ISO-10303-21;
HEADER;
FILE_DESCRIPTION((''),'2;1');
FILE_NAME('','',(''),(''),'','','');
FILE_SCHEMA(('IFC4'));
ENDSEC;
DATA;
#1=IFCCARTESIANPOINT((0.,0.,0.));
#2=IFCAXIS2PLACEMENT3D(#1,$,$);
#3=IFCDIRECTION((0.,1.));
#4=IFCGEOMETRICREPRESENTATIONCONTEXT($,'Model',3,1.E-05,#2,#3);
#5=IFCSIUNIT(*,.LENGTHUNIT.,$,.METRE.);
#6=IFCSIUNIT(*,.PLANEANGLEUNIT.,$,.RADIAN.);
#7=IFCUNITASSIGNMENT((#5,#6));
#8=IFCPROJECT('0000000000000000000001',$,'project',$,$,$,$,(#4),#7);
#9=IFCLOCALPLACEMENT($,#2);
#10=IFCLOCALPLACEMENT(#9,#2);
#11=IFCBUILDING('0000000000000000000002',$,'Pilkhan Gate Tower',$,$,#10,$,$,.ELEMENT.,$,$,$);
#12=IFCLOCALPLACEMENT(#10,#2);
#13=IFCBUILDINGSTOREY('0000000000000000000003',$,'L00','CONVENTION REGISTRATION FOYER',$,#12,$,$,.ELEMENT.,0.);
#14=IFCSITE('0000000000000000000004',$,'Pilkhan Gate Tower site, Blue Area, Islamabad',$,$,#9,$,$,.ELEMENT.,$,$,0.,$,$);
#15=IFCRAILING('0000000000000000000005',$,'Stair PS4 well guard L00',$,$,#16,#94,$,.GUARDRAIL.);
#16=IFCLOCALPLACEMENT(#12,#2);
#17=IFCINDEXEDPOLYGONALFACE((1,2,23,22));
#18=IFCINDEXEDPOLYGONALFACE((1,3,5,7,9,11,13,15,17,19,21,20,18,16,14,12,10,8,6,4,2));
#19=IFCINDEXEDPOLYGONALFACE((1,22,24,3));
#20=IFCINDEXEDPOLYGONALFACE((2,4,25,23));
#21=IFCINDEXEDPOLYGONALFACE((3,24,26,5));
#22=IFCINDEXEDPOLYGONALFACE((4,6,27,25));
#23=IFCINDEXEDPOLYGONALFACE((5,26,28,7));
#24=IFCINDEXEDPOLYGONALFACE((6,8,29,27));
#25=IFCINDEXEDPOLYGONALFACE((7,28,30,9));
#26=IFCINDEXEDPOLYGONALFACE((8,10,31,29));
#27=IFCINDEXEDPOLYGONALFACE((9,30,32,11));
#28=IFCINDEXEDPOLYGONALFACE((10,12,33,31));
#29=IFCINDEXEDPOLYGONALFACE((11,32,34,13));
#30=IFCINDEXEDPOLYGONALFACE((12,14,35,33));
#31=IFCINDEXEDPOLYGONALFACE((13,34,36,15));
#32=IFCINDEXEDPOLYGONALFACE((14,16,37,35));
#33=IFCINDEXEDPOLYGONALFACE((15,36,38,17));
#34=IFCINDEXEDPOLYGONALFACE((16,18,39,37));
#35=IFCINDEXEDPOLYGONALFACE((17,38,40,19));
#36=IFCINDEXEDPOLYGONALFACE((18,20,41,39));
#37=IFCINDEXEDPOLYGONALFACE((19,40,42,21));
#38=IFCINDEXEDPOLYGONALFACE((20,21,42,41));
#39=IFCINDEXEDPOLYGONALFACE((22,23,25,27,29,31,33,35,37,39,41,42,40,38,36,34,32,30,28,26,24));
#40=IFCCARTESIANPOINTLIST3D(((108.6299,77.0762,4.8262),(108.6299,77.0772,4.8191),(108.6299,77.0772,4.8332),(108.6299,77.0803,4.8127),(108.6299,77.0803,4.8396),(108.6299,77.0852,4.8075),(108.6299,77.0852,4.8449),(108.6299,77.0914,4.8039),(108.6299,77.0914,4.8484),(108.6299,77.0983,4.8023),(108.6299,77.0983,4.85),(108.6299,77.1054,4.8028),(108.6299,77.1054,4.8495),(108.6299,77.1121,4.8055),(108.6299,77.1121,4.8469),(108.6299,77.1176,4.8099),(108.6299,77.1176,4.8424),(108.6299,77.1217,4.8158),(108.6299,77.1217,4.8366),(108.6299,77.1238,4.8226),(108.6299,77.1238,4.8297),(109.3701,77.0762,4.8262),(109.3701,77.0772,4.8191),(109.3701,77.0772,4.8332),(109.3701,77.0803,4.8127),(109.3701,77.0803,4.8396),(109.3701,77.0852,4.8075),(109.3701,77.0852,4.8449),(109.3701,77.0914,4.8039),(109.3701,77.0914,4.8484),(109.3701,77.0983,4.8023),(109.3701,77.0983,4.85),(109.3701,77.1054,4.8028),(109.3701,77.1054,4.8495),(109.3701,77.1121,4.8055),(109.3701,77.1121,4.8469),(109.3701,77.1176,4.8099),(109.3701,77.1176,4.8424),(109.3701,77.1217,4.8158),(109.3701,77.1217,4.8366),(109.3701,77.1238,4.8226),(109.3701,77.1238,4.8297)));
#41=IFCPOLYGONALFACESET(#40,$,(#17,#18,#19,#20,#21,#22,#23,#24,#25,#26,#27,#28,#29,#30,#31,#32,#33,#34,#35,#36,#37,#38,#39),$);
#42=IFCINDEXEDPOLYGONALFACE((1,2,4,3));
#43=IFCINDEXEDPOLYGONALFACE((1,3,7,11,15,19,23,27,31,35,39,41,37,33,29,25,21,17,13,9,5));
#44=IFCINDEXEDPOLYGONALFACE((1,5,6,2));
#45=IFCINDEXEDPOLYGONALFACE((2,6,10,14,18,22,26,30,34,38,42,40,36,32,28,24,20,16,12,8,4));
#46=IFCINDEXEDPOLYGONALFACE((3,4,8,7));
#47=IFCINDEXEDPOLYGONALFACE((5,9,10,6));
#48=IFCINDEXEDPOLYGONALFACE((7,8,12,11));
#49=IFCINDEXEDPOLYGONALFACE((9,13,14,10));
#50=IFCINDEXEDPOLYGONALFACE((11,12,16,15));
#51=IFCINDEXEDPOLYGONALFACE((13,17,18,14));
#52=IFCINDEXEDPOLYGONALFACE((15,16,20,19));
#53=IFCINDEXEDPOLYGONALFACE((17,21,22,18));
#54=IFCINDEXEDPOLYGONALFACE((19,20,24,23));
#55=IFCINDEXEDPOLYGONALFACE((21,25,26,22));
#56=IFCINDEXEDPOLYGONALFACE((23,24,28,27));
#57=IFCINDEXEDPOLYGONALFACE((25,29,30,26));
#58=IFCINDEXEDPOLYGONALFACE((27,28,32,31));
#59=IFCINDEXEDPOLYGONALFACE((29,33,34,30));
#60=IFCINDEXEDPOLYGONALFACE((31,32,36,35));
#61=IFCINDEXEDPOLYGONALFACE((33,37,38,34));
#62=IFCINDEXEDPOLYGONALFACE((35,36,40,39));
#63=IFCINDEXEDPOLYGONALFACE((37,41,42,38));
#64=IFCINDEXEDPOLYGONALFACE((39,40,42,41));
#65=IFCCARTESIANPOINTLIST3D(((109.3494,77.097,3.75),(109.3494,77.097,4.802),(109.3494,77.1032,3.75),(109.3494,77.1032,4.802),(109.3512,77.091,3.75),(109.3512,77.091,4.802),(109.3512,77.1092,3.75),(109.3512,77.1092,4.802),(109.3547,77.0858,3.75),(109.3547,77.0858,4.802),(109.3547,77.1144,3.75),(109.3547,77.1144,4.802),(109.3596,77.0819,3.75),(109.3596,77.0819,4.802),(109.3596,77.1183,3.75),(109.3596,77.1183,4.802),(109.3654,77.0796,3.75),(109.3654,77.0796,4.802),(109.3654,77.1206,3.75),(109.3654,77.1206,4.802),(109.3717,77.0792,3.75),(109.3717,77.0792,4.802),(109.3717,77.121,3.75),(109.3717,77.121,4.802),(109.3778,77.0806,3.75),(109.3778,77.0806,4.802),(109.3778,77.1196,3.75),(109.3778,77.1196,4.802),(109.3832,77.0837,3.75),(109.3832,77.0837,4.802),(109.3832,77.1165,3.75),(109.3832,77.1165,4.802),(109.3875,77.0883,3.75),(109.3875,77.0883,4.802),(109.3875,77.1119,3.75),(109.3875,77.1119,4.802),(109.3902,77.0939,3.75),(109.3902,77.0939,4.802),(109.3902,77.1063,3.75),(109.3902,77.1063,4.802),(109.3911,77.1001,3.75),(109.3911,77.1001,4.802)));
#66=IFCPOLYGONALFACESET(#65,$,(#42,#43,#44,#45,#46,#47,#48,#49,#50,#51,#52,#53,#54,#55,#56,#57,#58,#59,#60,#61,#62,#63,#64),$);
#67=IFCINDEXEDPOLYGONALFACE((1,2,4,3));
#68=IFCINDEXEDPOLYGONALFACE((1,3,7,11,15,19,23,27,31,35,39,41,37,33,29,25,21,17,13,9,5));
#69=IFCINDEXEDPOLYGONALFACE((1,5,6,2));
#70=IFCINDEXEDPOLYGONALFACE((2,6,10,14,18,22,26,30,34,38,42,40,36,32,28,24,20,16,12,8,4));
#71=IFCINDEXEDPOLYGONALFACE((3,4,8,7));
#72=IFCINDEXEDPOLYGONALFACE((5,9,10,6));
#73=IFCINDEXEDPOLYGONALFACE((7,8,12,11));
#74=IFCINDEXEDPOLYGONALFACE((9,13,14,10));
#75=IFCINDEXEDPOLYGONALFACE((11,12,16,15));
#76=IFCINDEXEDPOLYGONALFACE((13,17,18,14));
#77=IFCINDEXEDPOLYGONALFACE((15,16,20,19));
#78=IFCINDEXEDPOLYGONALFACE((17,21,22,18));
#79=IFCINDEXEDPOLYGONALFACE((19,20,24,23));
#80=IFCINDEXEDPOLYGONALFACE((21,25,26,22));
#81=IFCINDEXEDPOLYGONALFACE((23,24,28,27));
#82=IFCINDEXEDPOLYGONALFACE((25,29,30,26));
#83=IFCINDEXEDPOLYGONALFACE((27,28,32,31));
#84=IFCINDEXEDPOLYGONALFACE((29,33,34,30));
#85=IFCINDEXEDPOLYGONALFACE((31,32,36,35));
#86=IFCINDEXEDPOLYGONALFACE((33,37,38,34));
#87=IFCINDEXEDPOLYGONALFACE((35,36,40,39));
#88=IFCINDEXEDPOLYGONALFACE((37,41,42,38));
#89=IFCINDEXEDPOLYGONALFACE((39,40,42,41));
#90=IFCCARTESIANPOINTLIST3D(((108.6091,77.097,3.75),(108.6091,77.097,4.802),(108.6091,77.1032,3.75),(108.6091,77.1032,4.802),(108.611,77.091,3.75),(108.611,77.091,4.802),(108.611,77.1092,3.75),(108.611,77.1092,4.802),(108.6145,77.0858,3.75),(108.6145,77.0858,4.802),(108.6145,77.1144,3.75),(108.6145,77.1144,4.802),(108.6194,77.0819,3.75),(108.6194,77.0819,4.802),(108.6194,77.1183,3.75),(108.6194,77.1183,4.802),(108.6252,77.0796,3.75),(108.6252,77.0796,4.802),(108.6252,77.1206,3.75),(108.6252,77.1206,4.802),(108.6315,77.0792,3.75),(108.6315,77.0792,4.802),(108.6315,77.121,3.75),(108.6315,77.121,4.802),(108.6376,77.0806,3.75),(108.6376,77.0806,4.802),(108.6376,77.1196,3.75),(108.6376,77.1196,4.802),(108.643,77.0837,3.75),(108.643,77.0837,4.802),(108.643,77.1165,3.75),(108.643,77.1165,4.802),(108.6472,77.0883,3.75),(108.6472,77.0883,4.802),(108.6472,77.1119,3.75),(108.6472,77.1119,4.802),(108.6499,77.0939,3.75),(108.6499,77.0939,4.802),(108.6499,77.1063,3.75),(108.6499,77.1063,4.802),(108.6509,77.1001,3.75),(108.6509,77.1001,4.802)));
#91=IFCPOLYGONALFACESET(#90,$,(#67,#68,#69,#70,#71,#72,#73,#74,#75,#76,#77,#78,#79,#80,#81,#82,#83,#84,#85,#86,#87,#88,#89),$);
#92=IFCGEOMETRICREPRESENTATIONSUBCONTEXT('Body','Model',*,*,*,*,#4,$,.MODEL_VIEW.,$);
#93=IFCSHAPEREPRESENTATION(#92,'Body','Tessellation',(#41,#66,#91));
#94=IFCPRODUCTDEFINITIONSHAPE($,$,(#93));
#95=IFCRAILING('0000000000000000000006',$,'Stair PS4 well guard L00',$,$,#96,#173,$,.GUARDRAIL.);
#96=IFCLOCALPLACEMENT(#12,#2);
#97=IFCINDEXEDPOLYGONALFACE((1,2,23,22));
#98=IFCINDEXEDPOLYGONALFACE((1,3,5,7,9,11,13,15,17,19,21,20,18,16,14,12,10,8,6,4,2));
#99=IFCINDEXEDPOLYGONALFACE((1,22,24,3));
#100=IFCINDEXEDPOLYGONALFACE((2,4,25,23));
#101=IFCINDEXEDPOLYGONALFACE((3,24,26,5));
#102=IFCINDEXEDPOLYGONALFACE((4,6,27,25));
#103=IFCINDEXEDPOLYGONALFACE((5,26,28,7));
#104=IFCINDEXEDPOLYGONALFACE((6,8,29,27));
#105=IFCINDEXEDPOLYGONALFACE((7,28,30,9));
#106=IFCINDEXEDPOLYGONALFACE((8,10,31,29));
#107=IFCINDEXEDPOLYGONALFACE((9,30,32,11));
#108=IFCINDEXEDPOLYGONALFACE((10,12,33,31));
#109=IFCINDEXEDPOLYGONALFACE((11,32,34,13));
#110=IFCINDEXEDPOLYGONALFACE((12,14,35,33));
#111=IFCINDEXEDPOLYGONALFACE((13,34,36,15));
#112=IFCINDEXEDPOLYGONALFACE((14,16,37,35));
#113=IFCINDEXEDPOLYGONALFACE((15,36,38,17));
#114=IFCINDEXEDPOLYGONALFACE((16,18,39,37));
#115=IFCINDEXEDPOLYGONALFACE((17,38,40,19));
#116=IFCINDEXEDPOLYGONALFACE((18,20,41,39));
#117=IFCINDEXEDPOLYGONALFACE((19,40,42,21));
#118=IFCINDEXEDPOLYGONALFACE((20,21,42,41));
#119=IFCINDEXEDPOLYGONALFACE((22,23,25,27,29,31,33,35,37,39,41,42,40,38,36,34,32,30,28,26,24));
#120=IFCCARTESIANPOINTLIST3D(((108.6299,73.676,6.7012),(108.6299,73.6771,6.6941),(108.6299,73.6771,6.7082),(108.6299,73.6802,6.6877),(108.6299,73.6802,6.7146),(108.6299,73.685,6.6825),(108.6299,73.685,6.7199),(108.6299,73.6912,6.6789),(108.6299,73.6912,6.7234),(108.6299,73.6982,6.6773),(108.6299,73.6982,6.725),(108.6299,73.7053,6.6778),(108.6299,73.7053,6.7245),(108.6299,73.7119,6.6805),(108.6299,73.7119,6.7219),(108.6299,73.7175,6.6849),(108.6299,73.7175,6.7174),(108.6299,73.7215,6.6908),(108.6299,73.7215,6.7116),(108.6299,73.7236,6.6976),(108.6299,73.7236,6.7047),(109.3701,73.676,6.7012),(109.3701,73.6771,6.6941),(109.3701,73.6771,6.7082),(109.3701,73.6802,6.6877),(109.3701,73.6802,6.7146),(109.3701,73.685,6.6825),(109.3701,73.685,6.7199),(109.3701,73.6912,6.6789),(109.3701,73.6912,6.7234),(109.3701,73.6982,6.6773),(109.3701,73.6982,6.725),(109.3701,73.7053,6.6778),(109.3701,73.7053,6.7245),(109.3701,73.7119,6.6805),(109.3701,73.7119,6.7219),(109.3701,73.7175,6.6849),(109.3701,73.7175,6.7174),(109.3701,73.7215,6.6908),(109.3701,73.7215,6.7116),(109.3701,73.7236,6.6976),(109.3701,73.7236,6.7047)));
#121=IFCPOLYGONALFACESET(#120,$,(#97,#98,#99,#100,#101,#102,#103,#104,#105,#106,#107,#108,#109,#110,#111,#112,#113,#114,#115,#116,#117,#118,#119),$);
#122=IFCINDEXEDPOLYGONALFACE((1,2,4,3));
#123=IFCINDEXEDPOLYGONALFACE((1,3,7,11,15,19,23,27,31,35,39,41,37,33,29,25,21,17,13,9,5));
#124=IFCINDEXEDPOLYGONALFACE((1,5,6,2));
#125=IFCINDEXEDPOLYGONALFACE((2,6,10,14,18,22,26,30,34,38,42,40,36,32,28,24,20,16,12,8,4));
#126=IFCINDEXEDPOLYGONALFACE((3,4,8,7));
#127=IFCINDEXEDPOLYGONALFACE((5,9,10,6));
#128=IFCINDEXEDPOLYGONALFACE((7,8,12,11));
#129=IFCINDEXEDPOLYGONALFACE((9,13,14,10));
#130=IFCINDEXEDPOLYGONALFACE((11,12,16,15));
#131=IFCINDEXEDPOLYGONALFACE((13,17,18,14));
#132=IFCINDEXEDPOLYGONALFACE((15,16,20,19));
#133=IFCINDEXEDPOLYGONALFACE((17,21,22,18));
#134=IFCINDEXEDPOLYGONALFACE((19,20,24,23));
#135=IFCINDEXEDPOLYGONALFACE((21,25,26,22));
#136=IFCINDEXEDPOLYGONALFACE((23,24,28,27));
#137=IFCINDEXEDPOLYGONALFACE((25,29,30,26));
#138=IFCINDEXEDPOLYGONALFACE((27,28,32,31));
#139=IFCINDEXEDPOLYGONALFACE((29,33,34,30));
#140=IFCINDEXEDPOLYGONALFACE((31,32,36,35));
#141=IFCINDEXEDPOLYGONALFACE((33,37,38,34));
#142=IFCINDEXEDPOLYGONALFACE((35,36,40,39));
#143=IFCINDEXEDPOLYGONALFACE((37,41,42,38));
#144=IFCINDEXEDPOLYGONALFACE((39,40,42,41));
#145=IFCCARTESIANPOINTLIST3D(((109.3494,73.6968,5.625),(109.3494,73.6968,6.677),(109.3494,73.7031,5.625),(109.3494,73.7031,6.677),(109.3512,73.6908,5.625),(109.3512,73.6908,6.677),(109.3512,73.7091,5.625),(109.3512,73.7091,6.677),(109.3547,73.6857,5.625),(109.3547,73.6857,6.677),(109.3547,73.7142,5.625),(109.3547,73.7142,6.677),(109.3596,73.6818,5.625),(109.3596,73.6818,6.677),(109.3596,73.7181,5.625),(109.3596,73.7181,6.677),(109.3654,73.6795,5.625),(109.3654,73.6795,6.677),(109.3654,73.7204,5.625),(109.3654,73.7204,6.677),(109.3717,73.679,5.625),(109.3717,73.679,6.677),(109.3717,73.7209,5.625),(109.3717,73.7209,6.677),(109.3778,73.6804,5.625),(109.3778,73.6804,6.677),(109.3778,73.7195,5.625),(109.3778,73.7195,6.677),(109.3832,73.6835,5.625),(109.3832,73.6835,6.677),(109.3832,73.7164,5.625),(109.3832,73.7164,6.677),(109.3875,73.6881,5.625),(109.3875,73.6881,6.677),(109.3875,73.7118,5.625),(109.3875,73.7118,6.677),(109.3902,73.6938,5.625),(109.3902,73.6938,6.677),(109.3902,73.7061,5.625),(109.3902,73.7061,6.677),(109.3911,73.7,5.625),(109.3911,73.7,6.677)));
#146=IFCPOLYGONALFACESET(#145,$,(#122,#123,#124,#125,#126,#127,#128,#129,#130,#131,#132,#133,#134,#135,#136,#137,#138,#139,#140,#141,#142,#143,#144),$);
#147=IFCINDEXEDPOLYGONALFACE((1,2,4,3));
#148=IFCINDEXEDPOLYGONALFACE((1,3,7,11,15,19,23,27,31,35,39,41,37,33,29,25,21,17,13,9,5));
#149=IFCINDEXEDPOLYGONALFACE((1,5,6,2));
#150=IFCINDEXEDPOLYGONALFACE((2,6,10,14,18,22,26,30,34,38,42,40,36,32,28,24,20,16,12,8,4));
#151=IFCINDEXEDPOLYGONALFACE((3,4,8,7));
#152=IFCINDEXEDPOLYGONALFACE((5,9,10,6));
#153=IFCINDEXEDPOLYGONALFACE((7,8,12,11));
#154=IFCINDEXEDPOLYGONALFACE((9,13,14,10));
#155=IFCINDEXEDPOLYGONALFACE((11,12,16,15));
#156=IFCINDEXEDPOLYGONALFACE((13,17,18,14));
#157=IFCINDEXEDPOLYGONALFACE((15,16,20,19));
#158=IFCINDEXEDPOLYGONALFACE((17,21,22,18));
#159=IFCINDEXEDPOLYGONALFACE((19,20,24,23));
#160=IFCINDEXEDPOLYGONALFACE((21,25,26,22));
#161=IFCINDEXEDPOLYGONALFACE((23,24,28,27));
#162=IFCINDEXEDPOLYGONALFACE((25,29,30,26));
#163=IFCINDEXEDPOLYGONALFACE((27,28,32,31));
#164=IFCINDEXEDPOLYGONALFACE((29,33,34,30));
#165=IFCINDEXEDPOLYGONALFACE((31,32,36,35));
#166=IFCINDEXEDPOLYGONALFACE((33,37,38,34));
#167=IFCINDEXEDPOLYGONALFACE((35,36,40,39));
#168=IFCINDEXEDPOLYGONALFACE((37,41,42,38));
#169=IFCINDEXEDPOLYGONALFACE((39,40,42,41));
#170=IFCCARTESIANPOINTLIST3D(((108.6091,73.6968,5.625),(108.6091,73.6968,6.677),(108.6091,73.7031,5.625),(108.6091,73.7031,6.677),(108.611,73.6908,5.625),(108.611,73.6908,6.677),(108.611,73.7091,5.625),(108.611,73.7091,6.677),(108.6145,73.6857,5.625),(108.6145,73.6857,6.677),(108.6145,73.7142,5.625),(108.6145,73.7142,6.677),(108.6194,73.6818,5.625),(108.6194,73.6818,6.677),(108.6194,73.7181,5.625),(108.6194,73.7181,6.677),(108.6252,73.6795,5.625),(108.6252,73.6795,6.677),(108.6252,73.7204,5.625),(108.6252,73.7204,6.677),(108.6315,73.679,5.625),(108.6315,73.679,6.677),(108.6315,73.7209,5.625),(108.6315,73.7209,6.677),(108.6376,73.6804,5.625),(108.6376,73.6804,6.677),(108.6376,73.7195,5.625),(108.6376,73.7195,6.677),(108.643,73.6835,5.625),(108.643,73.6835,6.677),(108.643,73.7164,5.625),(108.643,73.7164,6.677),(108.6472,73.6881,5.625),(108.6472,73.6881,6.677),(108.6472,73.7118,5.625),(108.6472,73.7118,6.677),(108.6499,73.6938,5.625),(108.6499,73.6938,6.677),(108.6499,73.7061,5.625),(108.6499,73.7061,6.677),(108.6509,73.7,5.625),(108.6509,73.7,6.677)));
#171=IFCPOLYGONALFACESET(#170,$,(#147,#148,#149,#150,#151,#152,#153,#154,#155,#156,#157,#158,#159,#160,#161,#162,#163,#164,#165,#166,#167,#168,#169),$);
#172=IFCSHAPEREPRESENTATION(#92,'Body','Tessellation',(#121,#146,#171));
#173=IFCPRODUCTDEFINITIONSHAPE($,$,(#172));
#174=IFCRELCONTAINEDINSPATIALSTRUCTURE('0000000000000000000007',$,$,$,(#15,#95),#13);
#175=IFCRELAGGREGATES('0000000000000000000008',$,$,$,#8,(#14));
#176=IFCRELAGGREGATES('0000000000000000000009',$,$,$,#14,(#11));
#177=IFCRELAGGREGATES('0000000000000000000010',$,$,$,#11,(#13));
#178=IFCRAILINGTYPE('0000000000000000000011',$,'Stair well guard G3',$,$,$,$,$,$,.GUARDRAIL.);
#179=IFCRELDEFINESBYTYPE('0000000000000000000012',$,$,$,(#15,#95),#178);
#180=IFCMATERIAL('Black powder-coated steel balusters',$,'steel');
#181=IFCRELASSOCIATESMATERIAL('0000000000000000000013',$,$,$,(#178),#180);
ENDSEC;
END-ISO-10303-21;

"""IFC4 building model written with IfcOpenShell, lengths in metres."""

from ifc_helpers import new_model, si_unit, direction, frame, origin, origin_2d, place, context, subcontext, project, spatial, circle, extrude, material, type_object, element, save


model = new_model("IFC4")

# Units and contexts
model_context = context("Model", 3, precision=1e-05, world=origin(), true_north=direction((0.0, 1.0)))
body_context = subcontext(model_context, "Body", "Model", "MODEL_VIEW")
ifc_project = project(units=[si_unit("LENGTHUNIT", "METRE"), si_unit("PLANEANGLEUNIT", "RADIAN")], contexts=[model_context])

# Site, building, storey
site_placement = place(None, origin())
site = spatial("IfcSite", under=ifc_project, at=site_placement, Name="Pilkhan Gate Tower site, Blue Area, Islamabad", CompositionType="ELEMENT", RefElevation=0.0)
building_placement = place(site_placement, origin())
building = spatial("IfcBuilding", under=site, at=building_placement, Name="Pilkhan Gate Tower", CompositionType="ELEMENT")
storey_placement = place(building_placement, origin())
storey = spatial("IfcBuildingStorey", under=building, at=storey_placement, Name="L00", Description="CONVENTION REGISTRATION FOYER", CompositionType="ELEMENT", Elevation=0.0)

# Railings
ifc_material_1 = material(Name="Black powder-coated steel balusters", Category="steel")
railing_type_1 = type_object("IfcRailingType", Name="Stair well guard G3", PredefinedType="GUARDRAIL", material=ifc_material_1)
for number, where, name in (
    (1, (109.3701, 77.1001, 3.75), "Stair PS4 well guard L00"),
    (2, (109.3701, 73.7, 5.625), "Stair PS4 well guard L00"),
):
    element("IfcRailing", number, at=place(storey_placement, frame(where)), inside=storey, type_object=railing_type_1, Name=name, PredefinedType="GUARDRAIL", context=body_context, shape_type="SweptSolid", body=[
        extrude(circle(Radius=0.0239, at=origin_2d()), frame((0.0, 0.0, 1.0762), z_axis=(-1.0, 0.0, 0.0), x_axis=(0.0, -1.0, 0.0)), (0.0, 0.0, 1.0), 0.7402),
        extrude(circle(Radius=0.021, at=origin_2d()), origin(), (0.0, 0.0, 1.0), 1.052),
        extrude(circle(Radius=0.021, at=origin_2d()), frame((-0.7402, 0.0, 0.0)), (0.0, 0.0, 1.0), 1.052),
    ])

save(model, "model.ifc")
